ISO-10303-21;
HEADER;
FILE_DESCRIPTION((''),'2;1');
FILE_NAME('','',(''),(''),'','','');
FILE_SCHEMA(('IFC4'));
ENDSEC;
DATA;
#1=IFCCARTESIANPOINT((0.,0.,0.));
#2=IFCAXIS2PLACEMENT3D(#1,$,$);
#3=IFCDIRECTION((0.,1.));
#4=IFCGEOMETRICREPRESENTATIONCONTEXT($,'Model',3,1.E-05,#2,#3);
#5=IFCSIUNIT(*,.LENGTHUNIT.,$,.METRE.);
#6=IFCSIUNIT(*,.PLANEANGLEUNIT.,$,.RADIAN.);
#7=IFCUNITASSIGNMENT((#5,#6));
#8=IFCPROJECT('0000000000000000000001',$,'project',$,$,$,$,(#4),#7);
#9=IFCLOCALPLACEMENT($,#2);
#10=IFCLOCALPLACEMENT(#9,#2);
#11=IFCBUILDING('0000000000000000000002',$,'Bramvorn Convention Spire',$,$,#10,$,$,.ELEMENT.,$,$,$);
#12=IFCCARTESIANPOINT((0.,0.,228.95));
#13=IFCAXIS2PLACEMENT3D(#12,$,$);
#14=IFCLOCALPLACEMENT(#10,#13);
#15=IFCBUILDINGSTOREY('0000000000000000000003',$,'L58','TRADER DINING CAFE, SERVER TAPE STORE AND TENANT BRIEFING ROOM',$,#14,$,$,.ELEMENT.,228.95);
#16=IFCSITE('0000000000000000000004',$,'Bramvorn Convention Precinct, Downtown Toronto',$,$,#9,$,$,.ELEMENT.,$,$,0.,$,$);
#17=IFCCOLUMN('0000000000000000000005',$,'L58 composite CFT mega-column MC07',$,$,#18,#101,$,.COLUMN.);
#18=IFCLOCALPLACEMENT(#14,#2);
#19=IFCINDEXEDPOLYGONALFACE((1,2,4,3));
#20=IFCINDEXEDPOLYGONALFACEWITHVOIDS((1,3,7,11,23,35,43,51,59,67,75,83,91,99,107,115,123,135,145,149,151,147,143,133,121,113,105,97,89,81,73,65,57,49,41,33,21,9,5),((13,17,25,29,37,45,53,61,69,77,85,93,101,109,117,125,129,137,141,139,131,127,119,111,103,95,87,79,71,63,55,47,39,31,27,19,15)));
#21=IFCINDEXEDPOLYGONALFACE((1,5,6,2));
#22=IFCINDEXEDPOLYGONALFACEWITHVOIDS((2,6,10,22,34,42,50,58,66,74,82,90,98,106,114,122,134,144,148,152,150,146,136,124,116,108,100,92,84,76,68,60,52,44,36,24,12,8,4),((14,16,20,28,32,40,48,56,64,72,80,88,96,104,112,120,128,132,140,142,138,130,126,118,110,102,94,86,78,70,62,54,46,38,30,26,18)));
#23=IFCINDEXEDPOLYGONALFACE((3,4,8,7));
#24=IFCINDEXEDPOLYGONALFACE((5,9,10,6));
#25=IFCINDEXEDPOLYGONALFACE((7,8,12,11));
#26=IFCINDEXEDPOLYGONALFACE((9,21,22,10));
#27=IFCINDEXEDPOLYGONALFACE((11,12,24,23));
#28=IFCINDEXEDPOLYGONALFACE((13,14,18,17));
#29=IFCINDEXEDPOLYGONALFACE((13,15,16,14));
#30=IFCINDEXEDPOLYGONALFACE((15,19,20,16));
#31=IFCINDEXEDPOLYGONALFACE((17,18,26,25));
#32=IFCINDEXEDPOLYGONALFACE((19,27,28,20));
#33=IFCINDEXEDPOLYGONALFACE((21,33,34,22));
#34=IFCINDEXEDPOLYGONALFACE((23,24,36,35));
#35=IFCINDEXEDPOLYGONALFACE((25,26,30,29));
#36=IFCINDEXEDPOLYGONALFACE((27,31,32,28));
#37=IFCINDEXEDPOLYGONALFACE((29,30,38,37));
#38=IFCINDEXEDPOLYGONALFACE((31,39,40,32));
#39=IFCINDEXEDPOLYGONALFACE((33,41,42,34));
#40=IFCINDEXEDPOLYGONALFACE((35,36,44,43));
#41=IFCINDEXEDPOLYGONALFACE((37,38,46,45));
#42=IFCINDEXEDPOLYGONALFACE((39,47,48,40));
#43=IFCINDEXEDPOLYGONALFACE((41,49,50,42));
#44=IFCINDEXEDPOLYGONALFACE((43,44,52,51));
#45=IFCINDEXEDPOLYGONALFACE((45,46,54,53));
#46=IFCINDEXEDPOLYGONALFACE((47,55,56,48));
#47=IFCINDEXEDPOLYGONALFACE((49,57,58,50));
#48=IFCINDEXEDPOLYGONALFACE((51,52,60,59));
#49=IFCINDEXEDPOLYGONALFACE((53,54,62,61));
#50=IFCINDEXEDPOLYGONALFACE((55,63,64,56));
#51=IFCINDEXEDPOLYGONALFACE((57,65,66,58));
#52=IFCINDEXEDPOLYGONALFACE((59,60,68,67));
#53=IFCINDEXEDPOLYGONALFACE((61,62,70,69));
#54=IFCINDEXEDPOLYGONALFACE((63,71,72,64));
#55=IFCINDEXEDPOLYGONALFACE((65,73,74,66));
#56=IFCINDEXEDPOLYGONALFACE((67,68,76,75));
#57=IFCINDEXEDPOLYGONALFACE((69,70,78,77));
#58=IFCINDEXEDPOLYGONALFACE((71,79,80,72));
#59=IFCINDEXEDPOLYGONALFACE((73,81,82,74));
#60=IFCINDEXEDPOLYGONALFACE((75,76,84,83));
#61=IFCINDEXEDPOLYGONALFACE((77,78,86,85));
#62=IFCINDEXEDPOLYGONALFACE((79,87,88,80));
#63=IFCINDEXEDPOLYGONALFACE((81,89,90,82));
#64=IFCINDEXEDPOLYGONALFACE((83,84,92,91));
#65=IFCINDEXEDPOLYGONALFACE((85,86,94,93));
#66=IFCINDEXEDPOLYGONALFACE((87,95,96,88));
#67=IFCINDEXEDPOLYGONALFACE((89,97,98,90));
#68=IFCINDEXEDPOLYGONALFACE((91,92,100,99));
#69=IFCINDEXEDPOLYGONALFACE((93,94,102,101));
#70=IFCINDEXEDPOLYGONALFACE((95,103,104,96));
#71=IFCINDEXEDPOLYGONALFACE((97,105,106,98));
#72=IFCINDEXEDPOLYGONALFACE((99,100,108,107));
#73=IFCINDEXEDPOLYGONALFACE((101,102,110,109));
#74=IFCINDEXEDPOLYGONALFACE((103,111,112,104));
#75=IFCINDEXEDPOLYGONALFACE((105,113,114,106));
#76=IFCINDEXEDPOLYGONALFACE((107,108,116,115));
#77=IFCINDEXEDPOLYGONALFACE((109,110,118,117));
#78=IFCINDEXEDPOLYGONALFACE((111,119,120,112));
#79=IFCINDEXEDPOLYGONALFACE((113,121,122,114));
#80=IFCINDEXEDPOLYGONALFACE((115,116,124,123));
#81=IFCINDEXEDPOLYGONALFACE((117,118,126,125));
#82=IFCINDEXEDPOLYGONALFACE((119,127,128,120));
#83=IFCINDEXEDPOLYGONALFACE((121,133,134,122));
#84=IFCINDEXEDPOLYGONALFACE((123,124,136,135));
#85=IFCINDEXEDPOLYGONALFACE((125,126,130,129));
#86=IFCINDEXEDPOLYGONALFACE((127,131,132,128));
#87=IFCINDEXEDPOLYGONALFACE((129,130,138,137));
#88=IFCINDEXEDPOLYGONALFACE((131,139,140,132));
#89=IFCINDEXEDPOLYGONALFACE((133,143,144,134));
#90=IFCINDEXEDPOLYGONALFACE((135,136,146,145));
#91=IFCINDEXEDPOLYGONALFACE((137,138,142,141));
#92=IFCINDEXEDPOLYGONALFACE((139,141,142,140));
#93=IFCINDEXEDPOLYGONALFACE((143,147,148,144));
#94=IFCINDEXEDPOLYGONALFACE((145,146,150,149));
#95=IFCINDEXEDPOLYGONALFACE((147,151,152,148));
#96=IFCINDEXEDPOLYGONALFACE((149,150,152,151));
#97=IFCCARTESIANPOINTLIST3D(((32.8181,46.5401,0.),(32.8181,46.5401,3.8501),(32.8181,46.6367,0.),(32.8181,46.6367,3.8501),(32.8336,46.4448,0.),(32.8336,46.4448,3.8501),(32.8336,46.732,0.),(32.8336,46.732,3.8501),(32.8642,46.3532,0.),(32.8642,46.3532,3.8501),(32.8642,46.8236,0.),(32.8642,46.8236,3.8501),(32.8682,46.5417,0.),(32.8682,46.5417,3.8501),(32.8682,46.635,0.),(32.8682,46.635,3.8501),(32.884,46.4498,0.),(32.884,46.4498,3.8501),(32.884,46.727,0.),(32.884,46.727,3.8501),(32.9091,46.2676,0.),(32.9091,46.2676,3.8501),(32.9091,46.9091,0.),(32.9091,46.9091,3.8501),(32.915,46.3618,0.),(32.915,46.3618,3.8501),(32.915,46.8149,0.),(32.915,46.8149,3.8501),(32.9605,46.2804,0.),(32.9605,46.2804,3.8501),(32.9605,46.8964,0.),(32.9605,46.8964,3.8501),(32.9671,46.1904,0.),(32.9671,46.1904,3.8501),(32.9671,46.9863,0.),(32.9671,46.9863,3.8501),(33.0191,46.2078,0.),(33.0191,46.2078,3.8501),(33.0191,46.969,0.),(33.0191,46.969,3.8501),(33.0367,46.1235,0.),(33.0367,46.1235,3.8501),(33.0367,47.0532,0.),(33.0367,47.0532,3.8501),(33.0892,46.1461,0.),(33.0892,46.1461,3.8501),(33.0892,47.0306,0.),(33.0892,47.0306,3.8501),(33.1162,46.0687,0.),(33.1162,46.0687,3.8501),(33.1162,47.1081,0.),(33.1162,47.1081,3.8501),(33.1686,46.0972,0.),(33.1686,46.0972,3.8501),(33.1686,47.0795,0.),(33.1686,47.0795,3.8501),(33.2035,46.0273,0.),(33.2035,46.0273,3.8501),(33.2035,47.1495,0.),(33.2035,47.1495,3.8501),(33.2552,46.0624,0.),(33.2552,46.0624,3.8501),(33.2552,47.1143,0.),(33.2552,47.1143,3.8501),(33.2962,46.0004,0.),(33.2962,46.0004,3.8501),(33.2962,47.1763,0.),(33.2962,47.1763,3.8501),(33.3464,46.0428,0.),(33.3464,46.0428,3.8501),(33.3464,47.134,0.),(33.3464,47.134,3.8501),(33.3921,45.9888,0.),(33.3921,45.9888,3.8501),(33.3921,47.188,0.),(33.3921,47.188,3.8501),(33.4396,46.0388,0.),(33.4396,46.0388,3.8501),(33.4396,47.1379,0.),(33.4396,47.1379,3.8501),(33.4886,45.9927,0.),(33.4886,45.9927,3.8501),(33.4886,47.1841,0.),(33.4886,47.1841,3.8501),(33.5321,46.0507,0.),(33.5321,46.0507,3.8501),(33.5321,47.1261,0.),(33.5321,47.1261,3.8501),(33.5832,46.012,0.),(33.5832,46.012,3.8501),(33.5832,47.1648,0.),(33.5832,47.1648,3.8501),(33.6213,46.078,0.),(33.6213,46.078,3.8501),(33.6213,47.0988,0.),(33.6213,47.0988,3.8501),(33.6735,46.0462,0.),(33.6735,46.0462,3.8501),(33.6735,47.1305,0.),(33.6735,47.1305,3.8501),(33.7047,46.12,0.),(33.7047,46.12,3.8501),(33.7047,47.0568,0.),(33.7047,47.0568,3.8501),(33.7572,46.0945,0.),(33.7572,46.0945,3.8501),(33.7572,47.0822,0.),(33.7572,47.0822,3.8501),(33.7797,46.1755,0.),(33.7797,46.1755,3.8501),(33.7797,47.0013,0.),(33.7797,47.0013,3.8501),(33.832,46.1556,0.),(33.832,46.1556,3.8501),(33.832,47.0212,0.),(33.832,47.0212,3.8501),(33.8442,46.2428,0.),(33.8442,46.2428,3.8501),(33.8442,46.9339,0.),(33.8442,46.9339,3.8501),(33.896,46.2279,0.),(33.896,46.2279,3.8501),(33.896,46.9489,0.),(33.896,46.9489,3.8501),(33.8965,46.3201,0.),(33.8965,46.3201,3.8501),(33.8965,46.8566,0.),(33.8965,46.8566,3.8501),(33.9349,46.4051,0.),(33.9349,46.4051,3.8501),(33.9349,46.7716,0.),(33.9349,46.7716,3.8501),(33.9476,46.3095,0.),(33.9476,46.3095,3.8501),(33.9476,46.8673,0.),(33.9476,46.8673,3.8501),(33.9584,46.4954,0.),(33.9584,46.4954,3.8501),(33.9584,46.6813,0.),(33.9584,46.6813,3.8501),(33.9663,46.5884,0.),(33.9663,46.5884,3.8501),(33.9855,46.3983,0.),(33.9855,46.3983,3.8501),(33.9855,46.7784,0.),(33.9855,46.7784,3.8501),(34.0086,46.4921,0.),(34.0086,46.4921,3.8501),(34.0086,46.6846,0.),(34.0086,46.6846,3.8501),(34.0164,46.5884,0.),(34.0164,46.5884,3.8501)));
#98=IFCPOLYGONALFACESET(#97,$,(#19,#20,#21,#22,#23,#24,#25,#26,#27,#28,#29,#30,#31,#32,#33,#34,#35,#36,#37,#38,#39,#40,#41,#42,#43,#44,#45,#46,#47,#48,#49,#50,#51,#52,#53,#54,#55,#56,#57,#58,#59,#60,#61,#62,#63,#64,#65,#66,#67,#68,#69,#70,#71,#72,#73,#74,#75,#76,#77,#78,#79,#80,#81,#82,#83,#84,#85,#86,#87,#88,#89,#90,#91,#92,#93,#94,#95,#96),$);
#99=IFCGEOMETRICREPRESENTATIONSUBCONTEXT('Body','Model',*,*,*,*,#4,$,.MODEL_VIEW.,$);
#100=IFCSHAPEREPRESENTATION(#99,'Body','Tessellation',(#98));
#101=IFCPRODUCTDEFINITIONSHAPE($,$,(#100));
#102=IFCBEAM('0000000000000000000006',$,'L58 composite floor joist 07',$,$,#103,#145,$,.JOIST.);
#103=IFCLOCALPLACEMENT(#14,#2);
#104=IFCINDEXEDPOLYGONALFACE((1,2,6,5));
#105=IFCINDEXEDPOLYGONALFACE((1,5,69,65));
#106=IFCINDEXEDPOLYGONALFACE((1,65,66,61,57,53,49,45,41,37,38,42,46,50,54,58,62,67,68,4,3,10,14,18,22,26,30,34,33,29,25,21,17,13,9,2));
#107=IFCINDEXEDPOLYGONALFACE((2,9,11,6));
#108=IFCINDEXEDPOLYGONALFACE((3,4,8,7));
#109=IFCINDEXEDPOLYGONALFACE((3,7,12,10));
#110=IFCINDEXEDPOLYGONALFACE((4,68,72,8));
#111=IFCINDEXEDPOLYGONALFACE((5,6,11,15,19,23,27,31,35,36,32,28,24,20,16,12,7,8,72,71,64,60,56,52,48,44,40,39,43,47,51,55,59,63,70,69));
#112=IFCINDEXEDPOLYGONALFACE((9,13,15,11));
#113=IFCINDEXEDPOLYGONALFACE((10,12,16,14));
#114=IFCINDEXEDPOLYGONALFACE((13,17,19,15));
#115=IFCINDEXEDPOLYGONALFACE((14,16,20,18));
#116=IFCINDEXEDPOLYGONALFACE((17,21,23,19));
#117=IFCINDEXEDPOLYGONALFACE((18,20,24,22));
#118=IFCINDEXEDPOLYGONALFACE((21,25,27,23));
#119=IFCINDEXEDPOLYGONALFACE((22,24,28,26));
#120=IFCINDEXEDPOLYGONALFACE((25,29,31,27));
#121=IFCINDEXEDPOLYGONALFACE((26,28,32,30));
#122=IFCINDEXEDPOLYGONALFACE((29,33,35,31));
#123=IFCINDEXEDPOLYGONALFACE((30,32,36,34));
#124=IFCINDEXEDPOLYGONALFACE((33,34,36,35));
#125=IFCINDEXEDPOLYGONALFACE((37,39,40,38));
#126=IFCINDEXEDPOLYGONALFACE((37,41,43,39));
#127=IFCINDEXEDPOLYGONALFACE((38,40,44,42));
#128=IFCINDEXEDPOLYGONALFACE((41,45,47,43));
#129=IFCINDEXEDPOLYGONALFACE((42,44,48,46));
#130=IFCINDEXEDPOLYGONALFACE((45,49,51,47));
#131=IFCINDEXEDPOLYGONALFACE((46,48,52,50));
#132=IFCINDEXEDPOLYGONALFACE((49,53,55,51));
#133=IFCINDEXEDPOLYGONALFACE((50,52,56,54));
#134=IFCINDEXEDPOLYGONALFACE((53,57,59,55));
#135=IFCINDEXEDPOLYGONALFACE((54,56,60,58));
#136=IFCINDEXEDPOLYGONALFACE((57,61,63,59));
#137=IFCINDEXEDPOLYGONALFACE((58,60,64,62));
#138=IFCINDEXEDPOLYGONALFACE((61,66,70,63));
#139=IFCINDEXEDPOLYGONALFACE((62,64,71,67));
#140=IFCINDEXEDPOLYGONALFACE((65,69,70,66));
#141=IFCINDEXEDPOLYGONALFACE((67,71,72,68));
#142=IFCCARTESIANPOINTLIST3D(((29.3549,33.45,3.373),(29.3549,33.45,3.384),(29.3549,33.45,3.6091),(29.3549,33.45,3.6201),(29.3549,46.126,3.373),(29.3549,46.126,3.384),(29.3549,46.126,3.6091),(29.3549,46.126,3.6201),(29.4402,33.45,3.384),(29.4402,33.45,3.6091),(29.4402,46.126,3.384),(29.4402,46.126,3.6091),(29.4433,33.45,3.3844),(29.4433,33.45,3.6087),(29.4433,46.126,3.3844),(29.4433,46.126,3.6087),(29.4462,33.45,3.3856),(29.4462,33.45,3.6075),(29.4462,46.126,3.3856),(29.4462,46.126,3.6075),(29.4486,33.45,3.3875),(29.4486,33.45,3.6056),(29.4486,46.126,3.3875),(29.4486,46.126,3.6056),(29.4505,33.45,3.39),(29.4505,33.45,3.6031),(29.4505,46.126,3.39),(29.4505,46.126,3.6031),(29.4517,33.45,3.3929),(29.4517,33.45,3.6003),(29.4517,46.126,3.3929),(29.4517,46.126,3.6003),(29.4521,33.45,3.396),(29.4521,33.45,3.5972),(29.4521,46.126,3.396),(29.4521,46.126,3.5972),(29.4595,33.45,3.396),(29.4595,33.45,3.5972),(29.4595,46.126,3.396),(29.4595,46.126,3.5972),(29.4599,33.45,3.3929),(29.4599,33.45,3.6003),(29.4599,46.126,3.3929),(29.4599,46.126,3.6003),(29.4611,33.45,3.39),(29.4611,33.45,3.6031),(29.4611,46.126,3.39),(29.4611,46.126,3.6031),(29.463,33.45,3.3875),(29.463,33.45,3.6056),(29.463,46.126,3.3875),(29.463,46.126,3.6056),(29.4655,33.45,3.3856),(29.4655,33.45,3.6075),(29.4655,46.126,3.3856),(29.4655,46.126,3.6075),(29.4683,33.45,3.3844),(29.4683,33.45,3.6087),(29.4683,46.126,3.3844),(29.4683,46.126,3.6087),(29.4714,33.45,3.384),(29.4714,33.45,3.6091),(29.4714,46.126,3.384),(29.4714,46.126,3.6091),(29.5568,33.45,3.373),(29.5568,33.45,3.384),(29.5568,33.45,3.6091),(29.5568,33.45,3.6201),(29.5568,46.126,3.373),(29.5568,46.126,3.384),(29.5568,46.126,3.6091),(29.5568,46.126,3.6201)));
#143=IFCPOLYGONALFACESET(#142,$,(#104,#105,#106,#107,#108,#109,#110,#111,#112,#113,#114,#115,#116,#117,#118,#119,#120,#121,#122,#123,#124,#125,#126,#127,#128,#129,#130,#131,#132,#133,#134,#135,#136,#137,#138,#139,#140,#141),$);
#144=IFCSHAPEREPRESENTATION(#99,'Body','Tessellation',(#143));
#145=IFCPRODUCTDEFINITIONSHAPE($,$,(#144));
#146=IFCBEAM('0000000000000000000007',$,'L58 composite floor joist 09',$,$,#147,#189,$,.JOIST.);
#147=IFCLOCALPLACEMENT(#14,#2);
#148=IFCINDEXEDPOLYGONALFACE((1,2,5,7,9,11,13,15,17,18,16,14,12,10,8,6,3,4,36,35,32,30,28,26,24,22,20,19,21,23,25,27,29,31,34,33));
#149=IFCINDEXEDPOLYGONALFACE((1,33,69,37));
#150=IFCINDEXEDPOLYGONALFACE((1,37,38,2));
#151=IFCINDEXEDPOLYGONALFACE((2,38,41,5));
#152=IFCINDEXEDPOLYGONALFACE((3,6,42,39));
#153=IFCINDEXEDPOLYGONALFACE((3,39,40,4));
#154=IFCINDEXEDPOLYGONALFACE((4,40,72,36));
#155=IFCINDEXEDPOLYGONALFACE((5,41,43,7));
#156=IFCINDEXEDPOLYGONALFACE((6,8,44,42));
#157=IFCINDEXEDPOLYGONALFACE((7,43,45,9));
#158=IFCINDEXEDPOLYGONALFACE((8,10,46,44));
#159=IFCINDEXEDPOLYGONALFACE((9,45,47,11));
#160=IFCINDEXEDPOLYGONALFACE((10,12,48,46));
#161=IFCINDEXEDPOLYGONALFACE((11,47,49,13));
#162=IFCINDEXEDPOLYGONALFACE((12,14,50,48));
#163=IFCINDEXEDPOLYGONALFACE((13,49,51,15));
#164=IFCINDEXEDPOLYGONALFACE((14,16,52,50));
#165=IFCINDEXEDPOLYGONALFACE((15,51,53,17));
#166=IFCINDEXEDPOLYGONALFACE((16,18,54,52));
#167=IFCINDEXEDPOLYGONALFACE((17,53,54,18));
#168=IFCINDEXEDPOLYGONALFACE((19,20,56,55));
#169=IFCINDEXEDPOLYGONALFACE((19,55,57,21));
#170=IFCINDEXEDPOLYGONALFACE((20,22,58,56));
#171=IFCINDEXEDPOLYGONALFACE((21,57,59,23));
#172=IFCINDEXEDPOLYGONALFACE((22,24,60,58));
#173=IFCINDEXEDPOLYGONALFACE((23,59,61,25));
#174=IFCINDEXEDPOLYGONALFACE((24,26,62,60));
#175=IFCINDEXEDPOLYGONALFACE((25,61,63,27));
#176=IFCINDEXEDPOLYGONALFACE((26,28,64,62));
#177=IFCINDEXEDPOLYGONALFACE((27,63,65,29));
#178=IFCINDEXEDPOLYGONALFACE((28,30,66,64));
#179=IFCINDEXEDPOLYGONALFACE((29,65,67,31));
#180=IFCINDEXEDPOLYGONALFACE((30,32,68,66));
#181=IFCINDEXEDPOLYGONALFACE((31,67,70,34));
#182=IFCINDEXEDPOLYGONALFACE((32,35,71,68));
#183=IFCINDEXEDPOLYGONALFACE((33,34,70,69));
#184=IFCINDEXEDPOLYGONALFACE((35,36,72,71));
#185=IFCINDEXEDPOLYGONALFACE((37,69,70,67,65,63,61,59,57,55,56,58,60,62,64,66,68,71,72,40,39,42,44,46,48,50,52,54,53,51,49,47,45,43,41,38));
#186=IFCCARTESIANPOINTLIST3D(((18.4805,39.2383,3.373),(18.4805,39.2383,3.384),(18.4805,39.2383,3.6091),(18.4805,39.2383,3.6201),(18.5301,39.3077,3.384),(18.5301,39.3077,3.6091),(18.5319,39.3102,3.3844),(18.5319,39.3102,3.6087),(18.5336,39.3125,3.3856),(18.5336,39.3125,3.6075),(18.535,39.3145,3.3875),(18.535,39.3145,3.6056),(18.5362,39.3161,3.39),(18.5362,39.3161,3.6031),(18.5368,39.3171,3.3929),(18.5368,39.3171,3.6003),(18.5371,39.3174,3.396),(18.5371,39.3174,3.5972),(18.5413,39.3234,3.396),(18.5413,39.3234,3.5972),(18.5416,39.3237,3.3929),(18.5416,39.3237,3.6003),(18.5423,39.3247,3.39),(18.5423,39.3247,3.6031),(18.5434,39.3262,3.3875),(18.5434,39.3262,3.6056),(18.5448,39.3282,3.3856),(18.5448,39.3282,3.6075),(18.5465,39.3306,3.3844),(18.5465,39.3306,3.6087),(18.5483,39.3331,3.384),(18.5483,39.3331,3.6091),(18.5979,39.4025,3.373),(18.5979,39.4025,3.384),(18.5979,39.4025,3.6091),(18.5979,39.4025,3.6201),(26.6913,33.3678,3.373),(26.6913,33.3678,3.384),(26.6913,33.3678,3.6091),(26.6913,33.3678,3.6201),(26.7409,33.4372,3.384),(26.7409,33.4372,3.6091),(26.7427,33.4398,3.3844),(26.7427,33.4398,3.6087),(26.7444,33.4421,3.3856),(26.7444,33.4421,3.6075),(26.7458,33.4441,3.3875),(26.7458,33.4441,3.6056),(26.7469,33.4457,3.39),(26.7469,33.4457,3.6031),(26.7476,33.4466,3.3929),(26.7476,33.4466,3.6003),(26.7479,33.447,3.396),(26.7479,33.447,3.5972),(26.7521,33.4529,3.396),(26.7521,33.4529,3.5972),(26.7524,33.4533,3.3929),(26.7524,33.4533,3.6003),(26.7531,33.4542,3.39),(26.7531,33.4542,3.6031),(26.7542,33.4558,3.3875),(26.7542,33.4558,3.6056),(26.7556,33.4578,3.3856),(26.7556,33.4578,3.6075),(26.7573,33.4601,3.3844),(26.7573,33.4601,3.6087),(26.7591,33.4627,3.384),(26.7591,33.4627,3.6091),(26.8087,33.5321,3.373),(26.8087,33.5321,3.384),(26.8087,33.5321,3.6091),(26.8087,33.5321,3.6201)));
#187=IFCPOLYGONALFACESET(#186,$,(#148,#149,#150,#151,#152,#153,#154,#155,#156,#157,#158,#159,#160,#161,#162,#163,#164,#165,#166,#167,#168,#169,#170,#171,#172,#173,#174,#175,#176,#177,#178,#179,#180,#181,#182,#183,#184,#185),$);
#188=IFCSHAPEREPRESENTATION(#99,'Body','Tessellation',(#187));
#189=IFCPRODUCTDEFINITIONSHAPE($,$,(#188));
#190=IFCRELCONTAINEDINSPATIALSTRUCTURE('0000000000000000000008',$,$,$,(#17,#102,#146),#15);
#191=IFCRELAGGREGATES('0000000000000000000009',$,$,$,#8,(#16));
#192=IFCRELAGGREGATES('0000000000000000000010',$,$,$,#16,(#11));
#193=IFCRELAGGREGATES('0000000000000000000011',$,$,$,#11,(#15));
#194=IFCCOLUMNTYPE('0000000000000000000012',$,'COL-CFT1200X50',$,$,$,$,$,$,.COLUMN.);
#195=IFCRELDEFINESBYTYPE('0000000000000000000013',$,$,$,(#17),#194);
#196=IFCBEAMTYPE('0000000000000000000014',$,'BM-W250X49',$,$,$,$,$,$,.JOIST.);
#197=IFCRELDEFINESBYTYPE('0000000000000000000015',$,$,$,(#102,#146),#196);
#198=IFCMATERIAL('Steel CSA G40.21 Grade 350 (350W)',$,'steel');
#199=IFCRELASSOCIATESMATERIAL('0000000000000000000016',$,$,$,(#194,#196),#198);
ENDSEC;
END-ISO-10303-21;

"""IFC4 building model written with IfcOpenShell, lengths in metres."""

from ifc_helpers import new_model, si_unit, direction, frame, origin, origin_2d, place, context, subcontext, project, spatial, hollow_circle, i_section, extrude, material, material_profile, profile_set, type_object, element, save


model = new_model("IFC4")

# Units and contexts
model_context = context("Model", 3, precision=1e-05, world=origin(), true_north=direction((0.0, 1.0)))
body_context = subcontext(model_context, "Body", "Model", "MODEL_VIEW")
ifc_project = project(units=[si_unit("LENGTHUNIT", "METRE"), si_unit("PLANEANGLEUNIT", "RADIAN")], contexts=[model_context])

# Site, building, storey
site_placement = place(None, origin())
site = spatial("IfcSite", under=ifc_project, at=site_placement, Name="Bramvorn Convention Precinct, Downtown Toronto", CompositionType="ELEMENT", RefElevation=0.0)
building_placement = place(site_placement, origin())
building = spatial("IfcBuilding", under=site, at=building_placement, Name="Bramvorn Convention Spire", CompositionType="ELEMENT")
storey_placement = place(building_placement, frame((0.0, 0.0, 228.95)))
storey = spatial("IfcBuildingStorey", under=building, at=storey_placement, Name="L58", Description="TRADER DINING CAFE, SERVER TAPE STORE AND TENANT BRIEFING ROOM", CompositionType="ELEMENT", Elevation=228.95)

# Column
ifc_material_1 = material(Name="Steel CSA G40.21 Grade 350 (350W)", Category="steel")
ifc_material_profile_1 = material_profile(ifc_material_1, hollow_circle(Radius=0.6001, WallThickness=0.05, at=origin_2d()))
ifc_profile_set_1 = profile_set([ifc_material_profile_1], Name="Steel CSA G40.21 Grade 350 (350W) - CFT1200X50")
column_type = type_object("IfcColumnType", Name="COL-CFT1200X50", PredefinedType="COLUMN", material=ifc_profile_set_1)
column_placement = place(storey_placement, frame((33.4163, 46.5884, 0.0), z_axis=(0.0, 0.0, 1.0), x_axis=(1.0, 0.0, 0.0)))
element("IfcColumn", 1, at=column_placement, inside=storey, type_object=column_type, Name="L58 composite CFT mega-column MC07", PredefinedType="COLUMN", context=body_context, shape_type="SweptSolid", body=[
    extrude(hollow_circle(Radius=0.6001, WallThickness=0.05, at=origin_2d()), origin(), (0.0, 0.0, 1.0), 3.8501),
])

# Beams
ifc_material_profile_2 = material_profile(ifc_material_1, i_section(OverallWidth=0.2019, OverallDepth=0.2471, WebThickness=0.0073, FlangeThickness=0.011, FilletRadius=0.012, at=origin_2d()))
ifc_profile_set_2 = profile_set([ifc_material_profile_2], Name="Steel CSA G40.21 Grade 350 (350W) - W250X49")
beam_type_1 = type_object("IfcBeamType", Name="BM-W250X49", PredefinedType="JOIST", material=ifc_profile_set_2)
beam_1_placement = place(storey_placement, frame((29.4558, 33.45, 3.4966), z_axis=(0.0, 1.0, 0.0), x_axis=(-1.0, 0.0, 0.0)))
element("IfcBeam", 2, at=beam_1_placement, inside=storey, type_object=beam_type_1, Name="L58 composite floor joist 07", PredefinedType="JOIST", context=body_context, shape_type="SweptSolid", body=[
    extrude(i_section(OverallWidth=0.2019, OverallDepth=0.2471, WebThickness=0.0073, FlangeThickness=0.011, FilletRadius=0.012, at=origin_2d()), origin(), (0.0, 0.0, 1.0), 12.676),
])
beam_2_placement = place(storey_placement, frame((26.75, 33.45, 3.4966), z_axis=(-0.813472, 0.581604, 0.0), x_axis=(-0.581604, -0.813472, 0.0)))
element("IfcBeam", 3, at=beam_2_placement, inside=storey, type_object=beam_type_1, Name="L58 composite floor joist 09", PredefinedType="JOIST", context=body_context, shape_type="SweptSolid", body=[
    extrude(i_section(OverallWidth=0.2019, OverallDepth=0.2471, WebThickness=0.0073, FlangeThickness=0.011, FilletRadius=0.012, at=origin_2d()), origin(), (0.0, 0.0, 1.0), 10.0935),
])

save(model, "model.ifc")
